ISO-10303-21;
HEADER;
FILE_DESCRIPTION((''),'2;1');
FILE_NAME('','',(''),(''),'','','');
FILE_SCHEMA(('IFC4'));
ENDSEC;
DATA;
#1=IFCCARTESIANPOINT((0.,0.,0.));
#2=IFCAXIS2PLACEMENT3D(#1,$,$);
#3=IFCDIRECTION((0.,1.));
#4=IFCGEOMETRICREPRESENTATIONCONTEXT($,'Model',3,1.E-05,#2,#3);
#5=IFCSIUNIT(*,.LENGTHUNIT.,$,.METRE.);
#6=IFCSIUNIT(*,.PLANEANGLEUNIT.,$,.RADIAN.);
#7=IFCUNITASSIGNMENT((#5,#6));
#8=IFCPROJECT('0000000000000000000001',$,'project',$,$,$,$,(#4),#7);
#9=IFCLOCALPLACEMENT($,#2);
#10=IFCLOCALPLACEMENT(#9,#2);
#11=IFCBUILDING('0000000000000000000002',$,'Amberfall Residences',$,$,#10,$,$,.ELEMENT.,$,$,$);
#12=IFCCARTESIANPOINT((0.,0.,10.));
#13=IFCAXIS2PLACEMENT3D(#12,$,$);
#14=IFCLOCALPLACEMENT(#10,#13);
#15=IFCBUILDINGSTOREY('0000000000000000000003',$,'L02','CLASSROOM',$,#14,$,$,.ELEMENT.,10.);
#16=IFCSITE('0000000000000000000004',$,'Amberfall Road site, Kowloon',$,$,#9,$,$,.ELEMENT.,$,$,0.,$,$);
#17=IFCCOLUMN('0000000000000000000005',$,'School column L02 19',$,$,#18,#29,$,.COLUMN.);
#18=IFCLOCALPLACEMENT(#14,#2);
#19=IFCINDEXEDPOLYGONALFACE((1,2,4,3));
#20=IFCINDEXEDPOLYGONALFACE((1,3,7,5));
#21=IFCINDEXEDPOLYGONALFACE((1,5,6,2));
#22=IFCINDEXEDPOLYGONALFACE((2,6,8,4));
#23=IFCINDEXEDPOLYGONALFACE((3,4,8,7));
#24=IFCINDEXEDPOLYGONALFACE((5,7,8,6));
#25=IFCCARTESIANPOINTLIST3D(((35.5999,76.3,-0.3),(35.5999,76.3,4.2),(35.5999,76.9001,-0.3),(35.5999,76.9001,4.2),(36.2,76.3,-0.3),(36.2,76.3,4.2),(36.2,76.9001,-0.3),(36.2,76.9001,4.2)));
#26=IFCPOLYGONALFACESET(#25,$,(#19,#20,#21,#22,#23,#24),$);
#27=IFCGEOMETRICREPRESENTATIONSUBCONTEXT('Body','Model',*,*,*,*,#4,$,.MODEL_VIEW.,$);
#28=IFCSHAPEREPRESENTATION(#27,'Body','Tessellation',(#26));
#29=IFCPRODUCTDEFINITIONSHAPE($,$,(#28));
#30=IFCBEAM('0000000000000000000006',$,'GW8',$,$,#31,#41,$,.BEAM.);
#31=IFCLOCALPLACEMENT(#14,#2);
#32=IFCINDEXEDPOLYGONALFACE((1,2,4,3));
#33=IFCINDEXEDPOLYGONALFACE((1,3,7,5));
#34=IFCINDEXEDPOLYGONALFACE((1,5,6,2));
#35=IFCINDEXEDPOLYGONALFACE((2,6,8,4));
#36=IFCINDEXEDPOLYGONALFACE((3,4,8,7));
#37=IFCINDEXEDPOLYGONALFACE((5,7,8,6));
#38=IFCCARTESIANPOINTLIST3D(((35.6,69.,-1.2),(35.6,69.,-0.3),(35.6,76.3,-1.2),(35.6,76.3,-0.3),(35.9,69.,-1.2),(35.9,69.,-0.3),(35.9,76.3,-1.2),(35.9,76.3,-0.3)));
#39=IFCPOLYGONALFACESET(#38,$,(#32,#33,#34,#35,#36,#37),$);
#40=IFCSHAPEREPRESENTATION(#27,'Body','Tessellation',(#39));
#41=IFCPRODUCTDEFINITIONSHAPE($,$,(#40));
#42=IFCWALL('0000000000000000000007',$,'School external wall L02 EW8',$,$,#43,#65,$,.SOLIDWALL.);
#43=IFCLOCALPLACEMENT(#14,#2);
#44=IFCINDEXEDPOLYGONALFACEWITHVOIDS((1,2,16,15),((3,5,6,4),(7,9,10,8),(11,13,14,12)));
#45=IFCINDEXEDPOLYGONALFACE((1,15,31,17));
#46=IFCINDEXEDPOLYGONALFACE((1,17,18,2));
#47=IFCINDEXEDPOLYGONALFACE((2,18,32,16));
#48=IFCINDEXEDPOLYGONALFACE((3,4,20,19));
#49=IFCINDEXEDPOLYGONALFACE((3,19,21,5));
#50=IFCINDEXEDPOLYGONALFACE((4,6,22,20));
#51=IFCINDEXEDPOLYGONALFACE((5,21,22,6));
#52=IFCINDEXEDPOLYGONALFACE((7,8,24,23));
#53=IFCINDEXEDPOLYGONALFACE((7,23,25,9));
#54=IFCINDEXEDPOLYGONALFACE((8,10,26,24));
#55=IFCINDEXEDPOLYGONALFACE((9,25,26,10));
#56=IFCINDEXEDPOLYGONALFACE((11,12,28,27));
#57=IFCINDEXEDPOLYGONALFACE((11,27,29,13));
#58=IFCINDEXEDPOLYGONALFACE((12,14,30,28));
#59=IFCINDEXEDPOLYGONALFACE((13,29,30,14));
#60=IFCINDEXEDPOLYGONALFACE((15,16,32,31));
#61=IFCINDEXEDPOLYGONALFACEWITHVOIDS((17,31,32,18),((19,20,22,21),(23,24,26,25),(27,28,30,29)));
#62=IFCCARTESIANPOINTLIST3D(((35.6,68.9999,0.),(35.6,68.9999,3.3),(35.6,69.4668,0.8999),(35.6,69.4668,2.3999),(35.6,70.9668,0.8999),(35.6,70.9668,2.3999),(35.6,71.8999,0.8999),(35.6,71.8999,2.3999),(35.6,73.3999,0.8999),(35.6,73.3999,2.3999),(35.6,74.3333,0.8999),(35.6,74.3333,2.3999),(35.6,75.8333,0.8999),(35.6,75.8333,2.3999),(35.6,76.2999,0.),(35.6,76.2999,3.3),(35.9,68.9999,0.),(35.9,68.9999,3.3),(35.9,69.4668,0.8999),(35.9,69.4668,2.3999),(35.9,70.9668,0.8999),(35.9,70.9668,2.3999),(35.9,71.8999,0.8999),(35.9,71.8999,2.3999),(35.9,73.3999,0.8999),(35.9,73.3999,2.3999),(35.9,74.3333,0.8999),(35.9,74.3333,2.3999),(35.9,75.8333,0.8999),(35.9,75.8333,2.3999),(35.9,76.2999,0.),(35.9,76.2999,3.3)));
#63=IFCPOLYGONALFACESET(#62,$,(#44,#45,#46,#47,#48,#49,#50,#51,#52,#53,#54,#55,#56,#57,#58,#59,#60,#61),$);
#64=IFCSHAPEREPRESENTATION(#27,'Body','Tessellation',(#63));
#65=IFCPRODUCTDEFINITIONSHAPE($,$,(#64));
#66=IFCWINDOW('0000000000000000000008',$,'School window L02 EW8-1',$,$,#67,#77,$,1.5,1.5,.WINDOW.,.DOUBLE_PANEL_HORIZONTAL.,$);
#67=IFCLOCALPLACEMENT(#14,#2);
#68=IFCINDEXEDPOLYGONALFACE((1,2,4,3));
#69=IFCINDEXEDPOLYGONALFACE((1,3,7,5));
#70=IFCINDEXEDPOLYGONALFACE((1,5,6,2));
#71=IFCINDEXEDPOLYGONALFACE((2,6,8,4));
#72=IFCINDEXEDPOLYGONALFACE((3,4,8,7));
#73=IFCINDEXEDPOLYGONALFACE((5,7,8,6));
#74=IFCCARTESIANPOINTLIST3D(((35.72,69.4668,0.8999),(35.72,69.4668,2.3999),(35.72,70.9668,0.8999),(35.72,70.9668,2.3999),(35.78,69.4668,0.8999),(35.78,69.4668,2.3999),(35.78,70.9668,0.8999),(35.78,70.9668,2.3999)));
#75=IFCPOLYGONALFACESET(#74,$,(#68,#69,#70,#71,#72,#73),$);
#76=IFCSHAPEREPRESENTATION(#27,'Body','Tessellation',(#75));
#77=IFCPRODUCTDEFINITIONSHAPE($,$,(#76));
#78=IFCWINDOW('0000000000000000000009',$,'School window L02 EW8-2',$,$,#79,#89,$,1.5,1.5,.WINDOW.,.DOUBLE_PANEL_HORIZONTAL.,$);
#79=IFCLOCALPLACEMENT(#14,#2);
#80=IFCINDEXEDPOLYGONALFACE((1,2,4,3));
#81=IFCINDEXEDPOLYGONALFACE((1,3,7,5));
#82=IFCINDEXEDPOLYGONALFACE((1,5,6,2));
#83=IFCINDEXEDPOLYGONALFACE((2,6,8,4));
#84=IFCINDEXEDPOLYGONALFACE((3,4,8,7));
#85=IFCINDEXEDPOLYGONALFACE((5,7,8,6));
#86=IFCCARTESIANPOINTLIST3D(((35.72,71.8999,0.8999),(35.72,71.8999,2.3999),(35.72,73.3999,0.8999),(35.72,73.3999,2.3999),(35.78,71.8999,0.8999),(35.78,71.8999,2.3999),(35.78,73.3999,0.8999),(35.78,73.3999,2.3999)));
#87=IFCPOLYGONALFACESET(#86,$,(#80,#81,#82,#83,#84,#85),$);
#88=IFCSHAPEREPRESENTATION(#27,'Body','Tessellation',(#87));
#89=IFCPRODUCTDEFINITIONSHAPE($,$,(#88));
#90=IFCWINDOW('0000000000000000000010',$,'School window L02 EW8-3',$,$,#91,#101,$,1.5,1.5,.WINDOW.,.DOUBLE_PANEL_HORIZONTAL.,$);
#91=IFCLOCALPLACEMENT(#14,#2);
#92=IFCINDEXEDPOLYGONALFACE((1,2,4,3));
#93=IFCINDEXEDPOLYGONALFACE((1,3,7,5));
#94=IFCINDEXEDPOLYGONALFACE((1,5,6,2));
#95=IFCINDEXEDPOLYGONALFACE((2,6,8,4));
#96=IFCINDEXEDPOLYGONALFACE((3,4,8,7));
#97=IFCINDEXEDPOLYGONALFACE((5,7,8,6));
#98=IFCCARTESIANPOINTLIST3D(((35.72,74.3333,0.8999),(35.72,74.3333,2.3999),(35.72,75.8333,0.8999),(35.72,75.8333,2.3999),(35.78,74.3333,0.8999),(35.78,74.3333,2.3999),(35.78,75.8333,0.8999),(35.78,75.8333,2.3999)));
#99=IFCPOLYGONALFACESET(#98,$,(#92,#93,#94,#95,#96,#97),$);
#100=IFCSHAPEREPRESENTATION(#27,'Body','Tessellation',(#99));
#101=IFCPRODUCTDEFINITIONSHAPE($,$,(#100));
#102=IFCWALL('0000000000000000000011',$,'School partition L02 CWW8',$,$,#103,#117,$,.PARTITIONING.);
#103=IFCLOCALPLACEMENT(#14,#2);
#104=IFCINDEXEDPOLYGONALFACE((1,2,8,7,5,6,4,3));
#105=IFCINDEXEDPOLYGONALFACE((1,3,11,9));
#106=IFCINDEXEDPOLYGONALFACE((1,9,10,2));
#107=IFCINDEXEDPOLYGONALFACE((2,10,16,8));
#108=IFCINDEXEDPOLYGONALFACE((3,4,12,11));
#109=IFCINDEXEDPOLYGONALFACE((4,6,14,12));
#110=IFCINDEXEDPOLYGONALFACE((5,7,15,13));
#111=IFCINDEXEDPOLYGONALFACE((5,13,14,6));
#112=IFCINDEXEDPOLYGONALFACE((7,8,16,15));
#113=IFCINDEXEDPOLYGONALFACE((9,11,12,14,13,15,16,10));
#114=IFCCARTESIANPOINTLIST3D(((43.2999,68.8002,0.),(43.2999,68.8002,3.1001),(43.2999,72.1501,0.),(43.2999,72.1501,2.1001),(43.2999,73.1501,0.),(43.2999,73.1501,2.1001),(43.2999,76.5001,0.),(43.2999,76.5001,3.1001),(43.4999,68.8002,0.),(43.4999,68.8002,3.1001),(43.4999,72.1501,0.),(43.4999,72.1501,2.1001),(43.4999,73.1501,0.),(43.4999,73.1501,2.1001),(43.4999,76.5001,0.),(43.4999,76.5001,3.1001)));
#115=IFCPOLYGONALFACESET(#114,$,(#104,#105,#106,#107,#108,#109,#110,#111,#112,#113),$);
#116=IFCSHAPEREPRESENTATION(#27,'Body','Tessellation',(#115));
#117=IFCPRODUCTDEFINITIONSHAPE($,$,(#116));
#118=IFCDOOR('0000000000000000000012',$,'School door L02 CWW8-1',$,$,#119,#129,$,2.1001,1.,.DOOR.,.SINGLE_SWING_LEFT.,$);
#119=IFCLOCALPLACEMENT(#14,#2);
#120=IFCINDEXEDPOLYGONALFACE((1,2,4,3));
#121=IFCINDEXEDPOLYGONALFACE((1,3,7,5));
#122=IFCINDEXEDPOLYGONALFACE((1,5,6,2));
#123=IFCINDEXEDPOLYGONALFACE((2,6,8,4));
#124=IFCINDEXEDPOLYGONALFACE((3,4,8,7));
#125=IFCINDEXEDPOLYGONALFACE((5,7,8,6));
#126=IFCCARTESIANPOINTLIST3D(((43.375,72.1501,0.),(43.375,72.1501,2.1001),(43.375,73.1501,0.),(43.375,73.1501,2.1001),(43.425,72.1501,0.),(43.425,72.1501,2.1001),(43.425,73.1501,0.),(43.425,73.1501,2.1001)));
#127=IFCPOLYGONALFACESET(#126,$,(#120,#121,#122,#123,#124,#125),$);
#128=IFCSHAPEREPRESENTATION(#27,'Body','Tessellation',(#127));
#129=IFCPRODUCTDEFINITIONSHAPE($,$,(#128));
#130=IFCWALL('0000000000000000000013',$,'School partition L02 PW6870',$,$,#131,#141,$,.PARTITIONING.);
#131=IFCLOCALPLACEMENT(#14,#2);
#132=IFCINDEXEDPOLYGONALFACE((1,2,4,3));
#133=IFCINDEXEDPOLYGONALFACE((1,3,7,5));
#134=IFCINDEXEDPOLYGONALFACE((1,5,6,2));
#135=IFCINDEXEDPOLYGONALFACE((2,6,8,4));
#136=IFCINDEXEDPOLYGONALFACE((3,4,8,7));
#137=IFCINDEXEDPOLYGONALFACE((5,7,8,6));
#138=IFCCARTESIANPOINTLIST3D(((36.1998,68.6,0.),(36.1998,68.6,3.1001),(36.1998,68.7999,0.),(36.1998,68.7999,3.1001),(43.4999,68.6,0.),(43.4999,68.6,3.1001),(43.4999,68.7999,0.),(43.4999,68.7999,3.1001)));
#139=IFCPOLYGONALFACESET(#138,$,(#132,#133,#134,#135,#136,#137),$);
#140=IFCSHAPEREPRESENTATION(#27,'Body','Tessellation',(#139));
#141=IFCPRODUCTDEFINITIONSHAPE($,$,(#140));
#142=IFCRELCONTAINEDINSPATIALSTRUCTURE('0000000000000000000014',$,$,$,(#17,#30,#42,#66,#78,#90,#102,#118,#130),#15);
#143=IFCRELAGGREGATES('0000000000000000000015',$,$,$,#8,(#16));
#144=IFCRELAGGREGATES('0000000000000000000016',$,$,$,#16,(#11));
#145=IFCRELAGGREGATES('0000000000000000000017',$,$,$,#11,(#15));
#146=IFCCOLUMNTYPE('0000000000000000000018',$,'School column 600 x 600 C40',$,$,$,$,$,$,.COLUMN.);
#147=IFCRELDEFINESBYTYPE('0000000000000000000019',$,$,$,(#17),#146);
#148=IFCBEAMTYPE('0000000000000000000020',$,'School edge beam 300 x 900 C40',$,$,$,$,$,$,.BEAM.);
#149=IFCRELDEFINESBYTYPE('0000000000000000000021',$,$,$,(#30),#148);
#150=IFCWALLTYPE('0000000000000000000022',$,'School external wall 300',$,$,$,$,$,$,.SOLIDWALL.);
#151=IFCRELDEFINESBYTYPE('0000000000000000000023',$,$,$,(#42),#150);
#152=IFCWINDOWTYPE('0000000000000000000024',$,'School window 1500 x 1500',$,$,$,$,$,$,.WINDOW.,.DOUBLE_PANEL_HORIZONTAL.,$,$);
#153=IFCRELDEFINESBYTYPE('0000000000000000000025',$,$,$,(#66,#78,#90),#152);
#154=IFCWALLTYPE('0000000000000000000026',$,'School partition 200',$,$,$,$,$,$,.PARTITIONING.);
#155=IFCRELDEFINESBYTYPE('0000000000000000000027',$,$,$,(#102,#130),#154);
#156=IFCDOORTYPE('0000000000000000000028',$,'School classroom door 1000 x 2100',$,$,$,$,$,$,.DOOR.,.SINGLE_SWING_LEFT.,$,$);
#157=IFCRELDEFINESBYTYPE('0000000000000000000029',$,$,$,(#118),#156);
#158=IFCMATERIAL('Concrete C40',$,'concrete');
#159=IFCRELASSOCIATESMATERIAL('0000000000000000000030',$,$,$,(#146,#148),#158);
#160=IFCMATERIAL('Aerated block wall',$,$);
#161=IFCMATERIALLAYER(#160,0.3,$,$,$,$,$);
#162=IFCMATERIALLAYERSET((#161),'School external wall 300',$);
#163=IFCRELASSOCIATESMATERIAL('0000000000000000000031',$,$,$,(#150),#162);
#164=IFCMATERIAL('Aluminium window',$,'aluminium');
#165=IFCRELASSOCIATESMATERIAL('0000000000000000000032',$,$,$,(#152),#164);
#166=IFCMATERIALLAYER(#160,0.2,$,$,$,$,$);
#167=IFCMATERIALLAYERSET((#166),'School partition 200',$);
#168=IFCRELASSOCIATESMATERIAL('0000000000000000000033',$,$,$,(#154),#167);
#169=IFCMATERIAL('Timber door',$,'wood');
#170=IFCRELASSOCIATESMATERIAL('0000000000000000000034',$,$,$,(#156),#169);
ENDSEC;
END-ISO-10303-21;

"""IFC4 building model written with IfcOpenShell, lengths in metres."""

from ifc_helpers import new_model, si_unit, direction, frame, frame_2d, origin, origin_2d, place, context, subcontext, project, spatial, rectangle, extrude, material, layer, layer_set, material_profile, profile_set, type_object, element, fill, save


model = new_model("IFC4")

# Units and contexts
model_context = context("Model", 3, precision=1e-05, world=origin(), true_north=direction((0.0, 1.0)))
body_context = subcontext(model_context, "Body", "Model", "MODEL_VIEW")
ifc_project = project(units=[si_unit("LENGTHUNIT", "METRE"), si_unit("PLANEANGLEUNIT", "RADIAN")], contexts=[model_context])

# Site, building, storey
site_placement = place(None, origin())
site = spatial("IfcSite", under=ifc_project, at=site_placement, Name="Amberfall Road site, Kowloon", CompositionType="ELEMENT", RefElevation=0.0)
building_placement = place(site_placement, origin())
building = spatial("IfcBuilding", under=site, at=building_placement, Name="Amberfall Residences", CompositionType="ELEMENT")
storey_placement = place(building_placement, frame((0.0, 0.0, 10.0)))
storey = spatial("IfcBuildingStorey", under=building, at=storey_placement, Name="L02", Description="CLASSROOM", CompositionType="ELEMENT", Elevation=10.0)

# Column
ifc_material_1 = material(Name="Concrete C40", Category="concrete")
ifc_material_profile_1 = material_profile(ifc_material_1, rectangle(XDim=0.6001, YDim=0.6001, at=origin_2d()), Name="School column 600 x 600 C40")
ifc_profile_set_1 = profile_set([ifc_material_profile_1], Name="Concrete C40")
column_type = type_object("IfcColumnType", Name="School column 600 x 600 C40", PredefinedType="COLUMN", material=ifc_profile_set_1)
column_placement = place(storey_placement, frame((35.8999, 76.6001, -0.3), z_axis=(0.0, 0.0, 1.0), x_axis=(1.0, 0.0, 0.0)))
element("IfcColumn", 1, at=column_placement, inside=storey, type_object=column_type, Name="School column L02 19", PredefinedType="COLUMN", context=body_context, shape_type="SweptSolid", body=[
    extrude(rectangle(XDim=0.6001, YDim=0.6001, at=origin_2d()), origin(), (0.0, 0.0, 1.0), 4.5),
])

# Beam
ifc_material_profile_2 = material_profile(ifc_material_1, rectangle(XDim=0.3, YDim=0.8999, at=origin_2d()), Name="School edge beam 300 x 900 C40")
ifc_profile_set_2 = profile_set([ifc_material_profile_2], Name="Concrete C40")
beam_type = type_object("IfcBeamType", Name="School edge beam 300 x 900 C40", PredefinedType="BEAM", material=ifc_profile_set_2)
beam_placement = place(storey_placement, frame((35.75, 69.0, -0.75), z_axis=(0.0, 1.0, 0.0), x_axis=(-1.0, 0.0, 0.0)))
element("IfcBeam", 2, at=beam_placement, inside=storey, type_object=beam_type, Name="GW8", PredefinedType="BEAM", context=body_context, shape_type="SweptSolid", body=[
    extrude(rectangle(XDim=0.3, YDim=0.8999, at=origin_2d()), origin(), (0.0, 0.0, 1.0), 7.3),
])

# Wall, openings, windows
ifc_material_2 = material(Name="Aerated block wall")
ifc_layer_1 = layer(ifc_material_2, 0.3)
ifc_layer_set_1 = layer_set([ifc_layer_1], Name="School external wall 300")
wall_type_1 = type_object("IfcWallType", Name="School external wall 300", PredefinedType="SOLIDWALL", material=ifc_layer_set_1)
wall_1_placement = place(storey_placement, frame((35.75, 69.0, 0.0), z_axis=(0.0, 0.0, 1.0), x_axis=(0.0, 1.0, 0.0)))
wall_1 = element("IfcWall", 3, at=wall_1_placement, inside=storey, type_object=wall_type_1, Name="School external wall L02 EW8", PredefinedType="SOLIDWALL", context=body_context, shape_type="SweptSolid", body=[
    extrude(rectangle(XDim=7.3, YDim=0.3, at=frame_2d((3.6499, 0.0))), origin(), (0.0, 0.0, 1.0), 3.3),
])
opening_1_placement = place(wall_1_placement, frame((0.4668, 0.0, 0.8999)))
opening_1 = element("IfcOpeningElement", 4, at=opening_1_placement, cuts=wall_1, PredefinedType="OPENING", context=body_context, shape_type="SweptSolid", body=[
    extrude(rectangle(XDim=1.5, YDim=1.5, at=frame_2d((0.75, 0.75))), frame((0.0, 0.1599, 0.0), z_axis=(0.0, -1.0, 0.0), x_axis=(1.0, 0.0, 0.0)), (0.0, 0.0, 1.0), 0.3201),
])
opening_2_placement = place(wall_1_placement, frame((2.8999, 0.0, 0.8999)))
opening_2 = element("IfcOpeningElement", 5, at=opening_2_placement, cuts=wall_1, PredefinedType="OPENING", context=body_context, shape_type="SweptSolid", body=[
    extrude(rectangle(XDim=1.5, YDim=1.5, at=frame_2d((0.75, 0.75))), frame((0.0, 0.1599, 0.0), z_axis=(0.0, -1.0, 0.0), x_axis=(1.0, 0.0, 0.0)), (0.0, 0.0, 1.0), 0.3201),
])
opening_3_placement = place(wall_1_placement, frame((5.3333, 0.0, 0.8999)))
opening_3 = element("IfcOpeningElement", 6, at=opening_3_placement, cuts=wall_1, PredefinedType="OPENING", context=body_context, shape_type="SweptSolid", body=[
    extrude(rectangle(XDim=1.5, YDim=1.5, at=frame_2d((0.75, 0.75))), frame((0.0, 0.1599, 0.0), z_axis=(0.0, -1.0, 0.0), x_axis=(1.0, 0.0, 0.0)), (0.0, 0.0, 1.0), 0.3201),
])
ifc_material_3 = material(Name="Aluminium window", Category="aluminium")
window_type = type_object("IfcWindowType", Name="School window 1500 x 1500", PartitioningType="DOUBLE_PANEL_HORIZONTAL", PredefinedType="WINDOW", material=ifc_material_3)
window_1_placement = place(opening_1_placement, origin())
window_1 = element("IfcWindow", 7, at=window_1_placement, inside=storey, type_object=window_type, Name="School window L02 EW8-1", OverallHeight=1.5, OverallWidth=1.5, PartitioningType="DOUBLE_PANEL_HORIZONTAL", PredefinedType="WINDOW", context=body_context, shape_type="SweptSolid", body=[
    extrude(rectangle(XDim=1.5, YDim=1.5, at=frame_2d((0.75, 0.75))), frame((0.0, 0.03, 0.0), z_axis=(0.0, -1.0, 0.0), x_axis=(1.0, 0.0, 0.0)), (0.0, 0.0, 1.0), 0.0601),
])
fill(opening_1, window_1)
window_2_placement = place(opening_2_placement, origin())
window_2 = element("IfcWindow", 8, at=window_2_placement, inside=storey, type_object=window_type, Name="School window L02 EW8-2", OverallHeight=1.5, OverallWidth=1.5, PartitioningType="DOUBLE_PANEL_HORIZONTAL", PredefinedType="WINDOW", context=body_context, shape_type="SweptSolid", body=[
    extrude(rectangle(XDim=1.5, YDim=1.5, at=frame_2d((0.75, 0.75))), frame((0.0, 0.03, 0.0), z_axis=(0.0, -1.0, 0.0), x_axis=(1.0, 0.0, 0.0)), (0.0, 0.0, 1.0), 0.0601),
])
fill(opening_2, window_2)
window_3_placement = place(opening_3_placement, origin())
window_3 = element("IfcWindow", 9, at=window_3_placement, inside=storey, type_object=window_type, Name="School window L02 EW8-3", OverallHeight=1.5, OverallWidth=1.5, PartitioningType="DOUBLE_PANEL_HORIZONTAL", PredefinedType="WINDOW", context=body_context, shape_type="SweptSolid", body=[
    extrude(rectangle(XDim=1.5, YDim=1.5, at=frame_2d((0.75, 0.75))), frame((0.0, 0.03, 0.0), z_axis=(0.0, -1.0, 0.0), x_axis=(1.0, 0.0, 0.0)), (0.0, 0.0, 1.0), 0.0601),
])
fill(opening_3, window_3)

# Wall, opening, door
ifc_layer_2 = layer(ifc_material_2, 0.2)
ifc_layer_set_2 = layer_set([ifc_layer_2], Name="School partition 200")
wall_type_2 = type_object("IfcWallType", Name="School partition 200", PredefinedType="PARTITIONING", material=ifc_layer_set_2)
wall_2_placement = place(storey_placement, frame((43.3999, 68.8, 0.0), z_axis=(0.0, 0.0, 1.0), x_axis=(0.0, 1.0, 0.0)))
wall_2 = element("IfcWall", 10, at=wall_2_placement, inside=storey, type_object=wall_type_2, Name="School partition L02 CWW8", PredefinedType="PARTITIONING", context=body_context, shape_type="SweptSolid", body=[
    extrude(rectangle(XDim=7.7, YDim=0.2, at=frame_2d((3.8501, 0.0))), origin(), (0.0, 0.0, 1.0), 3.1001),
])
opening_4_placement = place(wall_2_placement, frame((3.3501, 0.0, 0.0)))
opening_4 = element("IfcOpeningElement", 11, at=opening_4_placement, cuts=wall_2, PredefinedType="OPENING", context=body_context, shape_type="SweptSolid", body=[
    extrude(rectangle(XDim=1.0, YDim=2.1001, at=frame_2d((0.5, 1.05))), frame((0.0, 0.1099, 0.0), z_axis=(0.0, -1.0, 0.0), x_axis=(1.0, 0.0, 0.0)), (0.0, 0.0, 1.0), 0.22),
])
ifc_material_4 = material(Name="Timber door", Category="wood")
door_type = type_object("IfcDoorType", Name="School classroom door 1000 x 2100", OperationType="SINGLE_SWING_LEFT", PredefinedType="DOOR", material=ifc_material_4)
door_1_placement = place(opening_4_placement, origin())
door_1 = element("IfcDoor", 12, at=door_1_placement, inside=storey, type_object=door_type, Name="School door L02 CWW8-1", OperationType="SINGLE_SWING_LEFT", OverallHeight=2.1001, OverallWidth=1.0, PredefinedType="DOOR", context=body_context, shape_type="SweptSolid", body=[
    extrude(rectangle(XDim=1.0, YDim=2.1001, at=frame_2d((0.5, 1.05))), frame((0.0, 0.0249, 0.0), z_axis=(0.0, -1.0, 0.0), x_axis=(1.0, 0.0, 0.0)), (0.0, 0.0, 1.0), 0.05),
])
fill(opening_4, door_1)

# Wall
wall_3_placement = place(storey_placement, frame((36.2, 68.7, 0.0), z_axis=(0.0, 0.0, 1.0), x_axis=(1.0, 0.0, 0.0)))
element("IfcWall", 13, at=wall_3_placement, inside=storey, type_object=wall_type_2, Name="School partition L02 PW6870", PredefinedType="PARTITIONING", context=body_context, shape_type="SweptSolid", body=[
    extrude(rectangle(XDim=7.3, YDim=0.2, at=frame_2d((3.6499, 0.0))), origin(), (0.0, 0.0, 1.0), 3.1001),
])

save(model, "model.ifc")
